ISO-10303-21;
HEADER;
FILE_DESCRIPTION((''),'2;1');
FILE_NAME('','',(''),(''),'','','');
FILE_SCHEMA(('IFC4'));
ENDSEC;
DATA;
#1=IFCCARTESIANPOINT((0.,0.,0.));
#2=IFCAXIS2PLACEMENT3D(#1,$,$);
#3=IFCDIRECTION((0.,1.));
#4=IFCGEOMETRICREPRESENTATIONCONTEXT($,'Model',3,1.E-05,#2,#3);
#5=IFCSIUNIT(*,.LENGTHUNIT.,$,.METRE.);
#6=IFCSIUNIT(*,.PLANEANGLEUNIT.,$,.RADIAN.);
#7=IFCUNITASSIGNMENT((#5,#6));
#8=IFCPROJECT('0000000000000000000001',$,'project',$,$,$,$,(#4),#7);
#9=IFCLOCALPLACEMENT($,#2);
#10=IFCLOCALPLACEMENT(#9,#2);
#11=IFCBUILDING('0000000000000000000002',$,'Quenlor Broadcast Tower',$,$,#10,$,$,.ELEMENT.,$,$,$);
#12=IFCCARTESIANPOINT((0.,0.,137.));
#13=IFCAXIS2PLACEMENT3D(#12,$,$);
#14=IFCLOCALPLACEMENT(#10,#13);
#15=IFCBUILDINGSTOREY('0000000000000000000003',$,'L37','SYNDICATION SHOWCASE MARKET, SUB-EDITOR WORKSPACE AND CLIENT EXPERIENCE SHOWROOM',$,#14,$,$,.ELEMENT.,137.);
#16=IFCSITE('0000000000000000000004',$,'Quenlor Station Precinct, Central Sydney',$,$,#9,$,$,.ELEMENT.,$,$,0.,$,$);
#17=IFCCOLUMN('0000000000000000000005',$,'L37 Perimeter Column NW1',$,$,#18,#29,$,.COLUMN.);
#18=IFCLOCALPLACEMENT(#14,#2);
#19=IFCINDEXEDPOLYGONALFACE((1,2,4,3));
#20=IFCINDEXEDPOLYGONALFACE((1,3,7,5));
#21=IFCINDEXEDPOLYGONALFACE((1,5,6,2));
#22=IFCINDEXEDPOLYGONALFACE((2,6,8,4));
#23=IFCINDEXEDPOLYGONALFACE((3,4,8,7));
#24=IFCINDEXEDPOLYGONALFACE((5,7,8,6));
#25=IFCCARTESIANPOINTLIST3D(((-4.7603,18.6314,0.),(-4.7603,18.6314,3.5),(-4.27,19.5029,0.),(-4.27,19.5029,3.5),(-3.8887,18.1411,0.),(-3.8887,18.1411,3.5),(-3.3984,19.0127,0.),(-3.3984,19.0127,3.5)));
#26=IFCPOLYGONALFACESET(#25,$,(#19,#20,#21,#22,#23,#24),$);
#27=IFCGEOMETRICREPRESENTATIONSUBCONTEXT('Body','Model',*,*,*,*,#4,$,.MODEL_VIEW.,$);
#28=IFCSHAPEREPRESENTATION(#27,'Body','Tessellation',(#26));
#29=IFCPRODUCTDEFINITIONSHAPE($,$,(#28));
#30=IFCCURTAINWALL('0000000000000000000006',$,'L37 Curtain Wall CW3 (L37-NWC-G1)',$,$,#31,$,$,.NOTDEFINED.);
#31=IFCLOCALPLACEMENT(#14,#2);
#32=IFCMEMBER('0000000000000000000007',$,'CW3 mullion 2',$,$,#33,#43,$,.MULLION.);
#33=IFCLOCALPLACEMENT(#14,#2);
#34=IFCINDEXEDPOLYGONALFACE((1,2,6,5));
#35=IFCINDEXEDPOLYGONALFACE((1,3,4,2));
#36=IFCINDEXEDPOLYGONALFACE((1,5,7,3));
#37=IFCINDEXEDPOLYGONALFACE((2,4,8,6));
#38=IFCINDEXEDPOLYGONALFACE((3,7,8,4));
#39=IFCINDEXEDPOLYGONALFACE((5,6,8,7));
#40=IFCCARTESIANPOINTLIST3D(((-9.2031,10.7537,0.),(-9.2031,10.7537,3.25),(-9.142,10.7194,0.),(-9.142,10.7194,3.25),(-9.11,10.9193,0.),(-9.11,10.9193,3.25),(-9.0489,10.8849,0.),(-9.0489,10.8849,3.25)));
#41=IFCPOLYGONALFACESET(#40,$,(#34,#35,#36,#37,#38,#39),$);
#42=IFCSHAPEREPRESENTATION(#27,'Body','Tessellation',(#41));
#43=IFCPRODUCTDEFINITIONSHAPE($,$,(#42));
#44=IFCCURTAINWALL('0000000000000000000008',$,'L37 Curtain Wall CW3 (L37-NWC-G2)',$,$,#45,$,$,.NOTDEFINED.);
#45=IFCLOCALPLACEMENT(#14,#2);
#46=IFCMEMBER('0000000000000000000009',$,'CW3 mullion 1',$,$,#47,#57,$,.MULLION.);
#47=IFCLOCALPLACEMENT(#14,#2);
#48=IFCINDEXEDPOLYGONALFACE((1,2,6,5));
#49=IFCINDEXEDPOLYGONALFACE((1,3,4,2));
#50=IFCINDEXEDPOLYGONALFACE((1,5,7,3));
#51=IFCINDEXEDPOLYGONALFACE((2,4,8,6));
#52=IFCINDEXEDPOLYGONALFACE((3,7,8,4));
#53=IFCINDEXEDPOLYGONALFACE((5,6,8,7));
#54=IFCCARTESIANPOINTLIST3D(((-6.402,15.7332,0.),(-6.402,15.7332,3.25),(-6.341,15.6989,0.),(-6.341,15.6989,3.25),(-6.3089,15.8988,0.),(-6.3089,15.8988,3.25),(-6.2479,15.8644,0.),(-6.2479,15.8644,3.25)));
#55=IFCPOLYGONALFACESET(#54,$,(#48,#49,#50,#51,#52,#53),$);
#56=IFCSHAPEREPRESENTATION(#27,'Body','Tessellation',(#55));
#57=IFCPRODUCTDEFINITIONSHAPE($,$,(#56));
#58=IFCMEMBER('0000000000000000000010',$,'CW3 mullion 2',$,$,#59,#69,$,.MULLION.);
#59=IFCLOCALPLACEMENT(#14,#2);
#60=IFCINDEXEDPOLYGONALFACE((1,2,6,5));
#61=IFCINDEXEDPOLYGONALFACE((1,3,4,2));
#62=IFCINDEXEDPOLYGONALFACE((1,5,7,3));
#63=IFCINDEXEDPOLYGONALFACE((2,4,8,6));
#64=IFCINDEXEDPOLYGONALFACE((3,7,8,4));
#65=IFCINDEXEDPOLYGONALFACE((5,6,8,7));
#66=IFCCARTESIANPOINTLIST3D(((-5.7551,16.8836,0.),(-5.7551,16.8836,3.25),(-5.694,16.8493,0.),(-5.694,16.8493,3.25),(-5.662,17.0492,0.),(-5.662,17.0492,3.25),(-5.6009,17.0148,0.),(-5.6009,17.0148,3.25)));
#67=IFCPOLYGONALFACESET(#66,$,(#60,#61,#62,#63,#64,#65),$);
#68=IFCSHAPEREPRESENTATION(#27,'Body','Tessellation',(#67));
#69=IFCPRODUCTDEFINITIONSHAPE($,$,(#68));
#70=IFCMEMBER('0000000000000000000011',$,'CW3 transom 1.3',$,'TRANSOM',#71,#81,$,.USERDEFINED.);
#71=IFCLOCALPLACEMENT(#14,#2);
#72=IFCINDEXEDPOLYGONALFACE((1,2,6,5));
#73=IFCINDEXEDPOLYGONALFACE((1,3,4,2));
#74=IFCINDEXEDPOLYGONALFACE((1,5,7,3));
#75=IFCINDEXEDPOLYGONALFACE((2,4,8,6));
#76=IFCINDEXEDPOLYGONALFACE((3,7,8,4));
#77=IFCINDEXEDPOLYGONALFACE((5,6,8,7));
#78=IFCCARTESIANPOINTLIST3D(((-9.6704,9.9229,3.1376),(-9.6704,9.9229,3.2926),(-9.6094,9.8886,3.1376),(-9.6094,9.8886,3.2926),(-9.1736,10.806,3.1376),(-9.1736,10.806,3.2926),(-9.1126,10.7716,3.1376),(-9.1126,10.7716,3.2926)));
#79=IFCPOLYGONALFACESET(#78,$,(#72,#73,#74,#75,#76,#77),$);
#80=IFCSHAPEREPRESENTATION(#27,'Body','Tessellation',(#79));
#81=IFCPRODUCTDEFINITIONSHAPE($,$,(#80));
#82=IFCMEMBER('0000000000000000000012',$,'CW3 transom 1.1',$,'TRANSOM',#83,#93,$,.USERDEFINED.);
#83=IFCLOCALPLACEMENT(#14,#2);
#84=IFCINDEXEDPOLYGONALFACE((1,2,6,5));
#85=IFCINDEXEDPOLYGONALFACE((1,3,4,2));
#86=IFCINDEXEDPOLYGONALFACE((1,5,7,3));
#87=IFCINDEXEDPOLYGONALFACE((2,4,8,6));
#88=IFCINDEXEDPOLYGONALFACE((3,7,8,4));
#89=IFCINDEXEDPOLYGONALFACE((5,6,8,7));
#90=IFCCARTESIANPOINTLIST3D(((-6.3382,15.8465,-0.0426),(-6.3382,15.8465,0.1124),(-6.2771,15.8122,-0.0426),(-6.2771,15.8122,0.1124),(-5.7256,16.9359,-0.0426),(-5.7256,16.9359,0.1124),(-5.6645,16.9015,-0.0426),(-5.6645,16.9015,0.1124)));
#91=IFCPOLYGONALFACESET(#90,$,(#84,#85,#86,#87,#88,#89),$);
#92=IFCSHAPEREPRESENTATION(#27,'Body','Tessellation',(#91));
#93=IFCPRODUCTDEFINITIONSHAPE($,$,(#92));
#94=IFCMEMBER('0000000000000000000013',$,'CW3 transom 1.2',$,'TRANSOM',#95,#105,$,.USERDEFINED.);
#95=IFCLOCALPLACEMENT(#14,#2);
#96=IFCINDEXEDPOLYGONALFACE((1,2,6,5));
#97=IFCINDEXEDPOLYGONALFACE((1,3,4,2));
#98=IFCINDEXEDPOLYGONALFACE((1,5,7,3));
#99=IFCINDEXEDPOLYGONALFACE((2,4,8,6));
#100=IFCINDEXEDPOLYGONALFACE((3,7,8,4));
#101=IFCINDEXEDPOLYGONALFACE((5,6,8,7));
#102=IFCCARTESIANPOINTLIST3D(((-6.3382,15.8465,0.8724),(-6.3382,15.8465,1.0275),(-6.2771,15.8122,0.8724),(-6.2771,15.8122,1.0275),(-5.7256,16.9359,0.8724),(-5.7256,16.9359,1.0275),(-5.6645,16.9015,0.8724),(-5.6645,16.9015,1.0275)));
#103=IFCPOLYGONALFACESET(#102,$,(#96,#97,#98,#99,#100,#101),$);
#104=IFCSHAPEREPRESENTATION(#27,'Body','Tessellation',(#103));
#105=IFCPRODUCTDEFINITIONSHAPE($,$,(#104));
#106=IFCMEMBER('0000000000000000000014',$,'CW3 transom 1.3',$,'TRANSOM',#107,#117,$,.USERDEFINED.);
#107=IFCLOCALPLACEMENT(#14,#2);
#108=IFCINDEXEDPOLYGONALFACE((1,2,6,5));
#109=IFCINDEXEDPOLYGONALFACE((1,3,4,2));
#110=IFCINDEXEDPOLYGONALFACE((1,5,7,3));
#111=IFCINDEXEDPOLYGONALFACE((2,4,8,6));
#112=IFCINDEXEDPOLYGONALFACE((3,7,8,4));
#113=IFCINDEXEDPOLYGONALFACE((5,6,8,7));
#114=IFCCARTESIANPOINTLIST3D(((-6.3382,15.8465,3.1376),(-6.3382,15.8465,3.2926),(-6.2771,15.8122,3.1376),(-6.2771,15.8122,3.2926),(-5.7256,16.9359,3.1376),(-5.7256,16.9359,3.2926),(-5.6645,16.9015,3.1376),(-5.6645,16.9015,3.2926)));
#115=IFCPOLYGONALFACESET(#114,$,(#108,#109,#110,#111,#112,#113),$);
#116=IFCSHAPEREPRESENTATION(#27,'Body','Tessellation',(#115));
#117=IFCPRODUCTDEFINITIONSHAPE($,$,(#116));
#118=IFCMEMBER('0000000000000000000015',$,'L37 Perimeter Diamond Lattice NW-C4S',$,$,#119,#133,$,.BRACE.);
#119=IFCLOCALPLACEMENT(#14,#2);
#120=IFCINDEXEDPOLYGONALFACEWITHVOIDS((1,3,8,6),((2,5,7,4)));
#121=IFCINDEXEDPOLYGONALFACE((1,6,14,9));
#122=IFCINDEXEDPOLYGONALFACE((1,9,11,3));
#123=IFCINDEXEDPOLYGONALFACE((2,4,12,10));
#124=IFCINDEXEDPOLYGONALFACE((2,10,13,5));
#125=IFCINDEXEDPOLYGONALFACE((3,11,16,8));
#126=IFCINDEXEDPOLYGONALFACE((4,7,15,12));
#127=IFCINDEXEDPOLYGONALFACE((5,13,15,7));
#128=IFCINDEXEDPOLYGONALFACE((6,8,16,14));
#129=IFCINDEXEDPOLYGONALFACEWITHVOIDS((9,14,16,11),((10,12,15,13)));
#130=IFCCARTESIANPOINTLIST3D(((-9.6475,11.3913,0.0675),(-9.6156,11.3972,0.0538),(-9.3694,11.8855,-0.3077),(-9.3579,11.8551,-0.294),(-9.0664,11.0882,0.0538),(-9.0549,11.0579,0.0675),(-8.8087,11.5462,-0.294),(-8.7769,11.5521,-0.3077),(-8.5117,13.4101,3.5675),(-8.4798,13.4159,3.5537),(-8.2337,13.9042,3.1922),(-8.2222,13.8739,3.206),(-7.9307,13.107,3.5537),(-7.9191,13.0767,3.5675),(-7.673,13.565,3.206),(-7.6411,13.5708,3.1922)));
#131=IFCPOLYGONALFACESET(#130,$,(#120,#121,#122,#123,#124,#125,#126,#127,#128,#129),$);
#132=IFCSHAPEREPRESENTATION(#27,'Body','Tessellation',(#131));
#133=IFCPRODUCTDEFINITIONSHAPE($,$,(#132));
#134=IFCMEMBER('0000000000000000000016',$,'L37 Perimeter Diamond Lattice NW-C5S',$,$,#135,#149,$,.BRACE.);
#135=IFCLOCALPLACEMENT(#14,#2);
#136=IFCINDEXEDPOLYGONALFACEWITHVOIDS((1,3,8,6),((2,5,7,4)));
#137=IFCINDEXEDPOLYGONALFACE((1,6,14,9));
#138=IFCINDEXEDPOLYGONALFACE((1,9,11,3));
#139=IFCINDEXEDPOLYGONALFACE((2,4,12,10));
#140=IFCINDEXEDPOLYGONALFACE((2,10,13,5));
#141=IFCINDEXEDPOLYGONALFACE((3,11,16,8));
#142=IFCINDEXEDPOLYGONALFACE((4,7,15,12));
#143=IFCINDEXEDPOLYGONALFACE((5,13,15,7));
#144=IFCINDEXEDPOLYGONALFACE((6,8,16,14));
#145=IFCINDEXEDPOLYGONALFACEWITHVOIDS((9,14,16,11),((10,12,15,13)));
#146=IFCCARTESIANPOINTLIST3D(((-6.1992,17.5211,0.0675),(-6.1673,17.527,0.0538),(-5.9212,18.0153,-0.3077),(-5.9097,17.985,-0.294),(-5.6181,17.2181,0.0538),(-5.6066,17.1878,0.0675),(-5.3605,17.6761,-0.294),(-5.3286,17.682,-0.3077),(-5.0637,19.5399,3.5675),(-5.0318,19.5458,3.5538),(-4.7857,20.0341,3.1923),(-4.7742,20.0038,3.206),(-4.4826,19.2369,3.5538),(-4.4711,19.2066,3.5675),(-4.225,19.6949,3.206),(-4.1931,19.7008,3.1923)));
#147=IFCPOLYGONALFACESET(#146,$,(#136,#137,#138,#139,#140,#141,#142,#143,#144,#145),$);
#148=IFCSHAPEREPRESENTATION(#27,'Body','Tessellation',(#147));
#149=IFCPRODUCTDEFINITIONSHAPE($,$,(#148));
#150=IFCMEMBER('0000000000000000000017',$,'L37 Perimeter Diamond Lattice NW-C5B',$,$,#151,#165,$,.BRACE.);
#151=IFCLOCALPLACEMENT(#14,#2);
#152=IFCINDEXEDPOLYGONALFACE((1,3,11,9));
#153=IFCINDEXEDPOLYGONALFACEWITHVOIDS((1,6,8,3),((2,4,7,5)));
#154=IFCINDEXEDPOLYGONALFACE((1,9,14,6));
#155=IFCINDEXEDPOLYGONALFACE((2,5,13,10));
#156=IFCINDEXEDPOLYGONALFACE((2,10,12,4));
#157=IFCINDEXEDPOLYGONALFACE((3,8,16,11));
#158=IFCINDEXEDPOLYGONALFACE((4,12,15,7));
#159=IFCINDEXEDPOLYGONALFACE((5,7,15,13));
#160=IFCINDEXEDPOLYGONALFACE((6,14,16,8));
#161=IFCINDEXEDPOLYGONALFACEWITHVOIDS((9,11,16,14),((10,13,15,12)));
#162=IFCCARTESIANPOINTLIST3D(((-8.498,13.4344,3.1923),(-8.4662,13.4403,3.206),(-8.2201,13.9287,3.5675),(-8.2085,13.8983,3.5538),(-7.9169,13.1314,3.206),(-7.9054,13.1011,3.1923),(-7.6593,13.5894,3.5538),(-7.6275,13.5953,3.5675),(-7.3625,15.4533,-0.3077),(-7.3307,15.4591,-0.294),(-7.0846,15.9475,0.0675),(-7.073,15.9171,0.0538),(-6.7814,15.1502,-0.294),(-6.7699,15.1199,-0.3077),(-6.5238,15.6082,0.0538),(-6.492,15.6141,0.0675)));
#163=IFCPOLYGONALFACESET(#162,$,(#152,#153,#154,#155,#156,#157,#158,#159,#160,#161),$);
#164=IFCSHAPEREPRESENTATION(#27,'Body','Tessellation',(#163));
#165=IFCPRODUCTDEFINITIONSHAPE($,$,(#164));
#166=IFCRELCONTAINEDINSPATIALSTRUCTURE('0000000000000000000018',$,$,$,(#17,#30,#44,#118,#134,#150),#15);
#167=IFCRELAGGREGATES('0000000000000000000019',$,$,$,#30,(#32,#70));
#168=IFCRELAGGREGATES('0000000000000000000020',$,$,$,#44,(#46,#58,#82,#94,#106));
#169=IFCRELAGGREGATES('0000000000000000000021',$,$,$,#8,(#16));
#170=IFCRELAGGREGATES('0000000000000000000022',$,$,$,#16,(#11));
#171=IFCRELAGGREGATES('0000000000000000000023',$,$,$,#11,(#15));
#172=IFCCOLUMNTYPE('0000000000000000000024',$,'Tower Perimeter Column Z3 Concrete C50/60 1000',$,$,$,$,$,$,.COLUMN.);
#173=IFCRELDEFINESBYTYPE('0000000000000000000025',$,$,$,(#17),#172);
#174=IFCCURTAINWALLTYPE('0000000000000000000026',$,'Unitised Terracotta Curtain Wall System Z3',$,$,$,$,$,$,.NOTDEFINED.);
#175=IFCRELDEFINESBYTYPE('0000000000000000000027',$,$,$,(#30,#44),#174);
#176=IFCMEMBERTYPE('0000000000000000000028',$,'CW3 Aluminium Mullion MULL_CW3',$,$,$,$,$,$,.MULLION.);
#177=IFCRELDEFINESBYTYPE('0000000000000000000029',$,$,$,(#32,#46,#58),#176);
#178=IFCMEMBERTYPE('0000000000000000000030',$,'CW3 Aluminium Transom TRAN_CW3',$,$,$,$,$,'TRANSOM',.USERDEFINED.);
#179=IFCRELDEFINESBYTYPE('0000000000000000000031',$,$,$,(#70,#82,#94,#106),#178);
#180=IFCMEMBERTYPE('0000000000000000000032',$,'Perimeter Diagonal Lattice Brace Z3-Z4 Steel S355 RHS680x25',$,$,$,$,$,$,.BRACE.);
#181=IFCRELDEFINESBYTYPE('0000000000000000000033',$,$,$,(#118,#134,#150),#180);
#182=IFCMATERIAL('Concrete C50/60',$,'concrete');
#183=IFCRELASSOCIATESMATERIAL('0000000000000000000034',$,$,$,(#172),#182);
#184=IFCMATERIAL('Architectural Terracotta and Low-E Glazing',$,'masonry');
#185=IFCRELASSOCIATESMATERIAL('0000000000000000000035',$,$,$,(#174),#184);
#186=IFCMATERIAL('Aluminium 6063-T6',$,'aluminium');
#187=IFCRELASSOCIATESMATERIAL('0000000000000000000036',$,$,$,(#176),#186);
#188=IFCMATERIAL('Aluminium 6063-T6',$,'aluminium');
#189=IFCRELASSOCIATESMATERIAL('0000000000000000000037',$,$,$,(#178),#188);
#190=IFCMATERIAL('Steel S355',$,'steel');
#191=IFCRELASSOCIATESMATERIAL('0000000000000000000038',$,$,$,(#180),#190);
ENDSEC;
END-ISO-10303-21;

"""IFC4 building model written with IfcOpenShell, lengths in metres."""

from ifc_helpers import new_model, si_unit, direction, frame, origin, origin_2d, place, context, subcontext, project, spatial, rectangle, hollow_rectangle, extrude, material, material_profile, profile_set, type_object, element, aggregate, save


model = new_model("IFC4")

# Units and contexts
model_context = context("Model", 3, precision=1e-05, world=origin(), true_north=direction((0.0, 1.0)))
body_context = subcontext(model_context, "Body", "Model", "MODEL_VIEW")
ifc_project = project(units=[si_unit("LENGTHUNIT", "METRE"), si_unit("PLANEANGLEUNIT", "RADIAN")], contexts=[model_context])

# Site, building, storey
site_placement = place(None, origin())
site = spatial("IfcSite", under=ifc_project, at=site_placement, Name="Quenlor Station Precinct, Central Sydney", CompositionType="ELEMENT", RefElevation=0.0)
building_placement = place(site_placement, origin())
building = spatial("IfcBuilding", under=site, at=building_placement, Name="Quenlor Broadcast Tower", CompositionType="ELEMENT")
storey_placement = place(building_placement, frame((0.0, 0.0, 137.0)))
storey = spatial("IfcBuildingStorey", under=building, at=storey_placement, Name="L37", Description="SYNDICATION SHOWCASE MARKET, SUB-EDITOR WORKSPACE AND CLIENT EXPERIENCE SHOWROOM", CompositionType="ELEMENT", Elevation=137.0)

# Column
ifc_material_1 = material(Name="Concrete C50/60", Category="concrete")
ifc_material_profile_1 = material_profile(ifc_material_1, rectangle(XDim=1.0, YDim=1.0, at=origin_2d()))
ifc_profile_set_1 = profile_set([ifc_material_profile_1], Name="Concrete C50/60 RC1000x1000")
column_type = type_object("IfcColumnType", Name="Tower Perimeter Column Z3 Concrete C50/60 1000", PredefinedType="COLUMN", material=ifc_profile_set_1)
column_placement = place(storey_placement, frame((-4.0793, 18.822, 0.0), z_axis=(0.0, 0.0, 1.0), x_axis=(-0.871575, 0.490262, 0.0)))
element("IfcColumn", 1, at=column_placement, inside=storey, type_object=column_type, Name="L37 Perimeter Column NW1", PredefinedType="COLUMN", context=body_context, shape_type="SweptSolid", body=[
    extrude(rectangle(XDim=1.0, YDim=1.0, at=origin_2d()), origin(), (0.0, 0.0, 1.0), 3.5),
])

# Curtain wall, member
ifc_material_2 = material(Name="Architectural Terracotta and Low-E Glazing", Category="masonry")
curtain_wall_type = type_object("IfcCurtainWallType", Name="Unitised Terracotta Curtain Wall System Z3", PredefinedType="NOTDEFINED", material=ifc_material_2)
curtain_wall_1_placement = place(storey_placement, origin())
curtain_wall_1 = element("IfcCurtainWall", 2, at=curtain_wall_1_placement, inside=storey, type_object=curtain_wall_type, Name="L37 Curtain Wall CW3 (L37-NWC-G1)", PredefinedType="NOTDEFINED")
ifc_material_3 = material(Name="Aluminium 6063-T6", Category="aluminium")
ifc_material_profile_2 = material_profile(ifc_material_3, rectangle(XDim=0.0701, YDim=0.1899, at=origin_2d()))
ifc_profile_set_2 = profile_set([ifc_material_profile_2], Name="Aluminium 6063-T6 MULL70x190")
member_type_1 = type_object("IfcMemberType", Name="CW3 Aluminium Mullion MULL_CW3", PredefinedType="MULLION", material=ifc_profile_set_2)
member_1_placement = place(storey_placement, frame((-9.126, 10.8193, 0.0), z_axis=(0.0, 0.0, 1.0), x_axis=(-0.871601, 0.490216, 0.0)))
member_1 = element("IfcMember", 3, at=member_1_placement, type_object=member_type_1, Name="CW3 mullion 2", PredefinedType="MULLION", context=body_context, shape_type="SweptSolid", body=[
    extrude(rectangle(XDim=0.0701, YDim=0.1899, at=origin_2d()), origin(), (0.0, 0.0, 1.0), 3.25),
])

# Curtain wall, members
curtain_wall_2_placement = place(storey_placement, origin())
curtain_wall_2 = element("IfcCurtainWall", 4, at=curtain_wall_2_placement, inside=storey, type_object=curtain_wall_type, Name="L37 Curtain Wall CW3 (L37-NWC-G2)", PredefinedType="NOTDEFINED")
member_2_placement = place(storey_placement, frame((-6.325, 15.7988, 0.0), z_axis=(0.0, 0.0, 1.0), x_axis=(-0.871593, 0.49023, 0.0)))
member_2 = element("IfcMember", 5, at=member_2_placement, type_object=member_type_1, Name="CW3 mullion 1", PredefinedType="MULLION", context=body_context, shape_type="SweptSolid", body=[
    extrude(rectangle(XDim=0.0701, YDim=0.1899, at=origin_2d()), origin(), (0.0, 0.0, 1.0), 3.25),
])
member_3_placement = place(storey_placement, frame((-5.678, 16.9492, 0.0), z_axis=(0.0, 0.0, 1.0), x_axis=(-0.871593, 0.49023, 0.0)))
member_3 = element("IfcMember", 6, at=member_3_placement, type_object=member_type_1, Name="CW3 mullion 2", PredefinedType="MULLION", context=body_context, shape_type="SweptSolid", body=[
    extrude(rectangle(XDim=0.0701, YDim=0.1899, at=origin_2d()), origin(), (0.0, 0.0, 1.0), 3.25),
])

# Members
ifc_material_4 = material(Name="Aluminium 6063-T6", Category="aluminium")
ifc_material_profile_3 = material_profile(ifc_material_4, rectangle(XDim=0.0701, YDim=0.155, at=origin_2d()))
ifc_profile_set_3 = profile_set([ifc_material_profile_3], Name="Aluminium 6063-T6 TRAN70x155")
member_type_2 = type_object("IfcMemberType", Name="CW3 Aluminium Transom TRAN_CW3", ElementType="TRANSOM", PredefinedType="USERDEFINED", material=ifc_profile_set_3)
member_4_placement = place(storey_placement, frame((-9.6399, 9.9058, 3.2151), z_axis=(0.490341, 0.87153, 0.0), x_axis=(-0.87153, 0.490341, 0.0)))
member_4 = element("IfcMember", 7, at=member_4_placement, type_object=member_type_2, Name="CW3 transom 1.3", ObjectType="TRANSOM", PredefinedType="USERDEFINED", context=body_context, shape_type="SweptSolid", body=[
    extrude(rectangle(XDim=0.0701, YDim=0.155, at=origin_2d()), origin(), (0.0, 0.0, 1.0), 1.0132),
])
member_5_placement = place(storey_placement, frame((-6.3076, 15.8293, 0.0349), z_axis=(0.490131, 0.871649, 0.0), x_axis=(-0.871649, 0.490131, 0.0)))
member_5 = element("IfcMember", 8, at=member_5_placement, type_object=member_type_2, Name="CW3 transom 1.1", ObjectType="TRANSOM", PredefinedType="USERDEFINED", context=body_context, shape_type="SweptSolid", body=[
    extrude(rectangle(XDim=0.0701, YDim=0.155, at=origin_2d()), origin(), (0.0, 0.0, 1.0), 1.2498),
])
member_6_placement = place(storey_placement, frame((-6.3076, 15.8293, 0.95), z_axis=(0.490131, 0.871649, 0.0), x_axis=(-0.871649, 0.490131, 0.0)))
member_6 = element("IfcMember", 9, at=member_6_placement, type_object=member_type_2, Name="CW3 transom 1.2", ObjectType="TRANSOM", PredefinedType="USERDEFINED", context=body_context, shape_type="SweptSolid", body=[
    extrude(rectangle(XDim=0.0701, YDim=0.155, at=origin_2d()), origin(), (0.0, 0.0, 1.0), 1.2498),
])
member_7_placement = place(storey_placement, frame((-6.3076, 15.8293, 3.2151), z_axis=(0.490131, 0.871649, 0.0), x_axis=(-0.871649, 0.490131, 0.0)))
member_7 = element("IfcMember", 10, at=member_7_placement, type_object=member_type_2, Name="CW3 transom 1.3", ObjectType="TRANSOM", PredefinedType="USERDEFINED", context=body_context, shape_type="SweptSolid", body=[
    extrude(rectangle(XDim=0.0701, YDim=0.155, at=origin_2d()), origin(), (0.0, 0.0, 1.0), 1.2498),
])

# Members
ifc_material_5 = material(Name="Steel S355", Category="steel")
ifc_material_profile_4 = material_profile(ifc_material_5, hollow_rectangle(XDim=0.6799, YDim=0.6799, WallThickness=0.0249, at=origin_2d()))
ifc_profile_set_4 = profile_set([ifc_material_profile_4], Name="Steel S355 RHS680x680x25")
member_type_3 = type_object("IfcMemberType", Name="Perimeter Diagonal Lattice Brace Z3-Z4 Steel S355 RHS680x25", PredefinedType="BRACE", material=ifc_profile_set_4)
for number, where, z_axis, x_axis, name in (
    (11, (-9.2122, 11.4717, -0.1201), (0.270603, 0.481001, 0.833914), (-0.871545, 0.490316, 0.0), "L37 Perimeter Diamond Lattice NW-C4S"),
    (12, (-5.7639, 17.6016, -0.1201), (0.270549, 0.481009, 0.833927), (-0.87159, 0.490236, 0.0), "L37 Perimeter Diamond Lattice NW-C5S"),
    (13, (-6.9272, 15.5337, -0.1201), (-0.270549, -0.481009, 0.833927), (0.87159, -0.490236, 0.0), "L37 Perimeter Diamond Lattice NW-C5B"),
):
    element("IfcMember", number, at=place(storey_placement, frame(where, z_axis=z_axis, x_axis=x_axis)), inside=storey, type_object=member_type_3, Name=name, PredefinedType="BRACE", context=body_context, shape_type="SweptSolid", body=[
        extrude(hollow_rectangle(XDim=0.6799, YDim=0.6799, WallThickness=0.0249, at=origin_2d()), origin(), (0.0, 0.0, 1.0), 4.197),
    ])

aggregate(curtain_wall_1, [member_1, member_4])
aggregate(curtain_wall_2, [member_2, member_3, member_5, member_6, member_7])

save(model, "model.ifc")
